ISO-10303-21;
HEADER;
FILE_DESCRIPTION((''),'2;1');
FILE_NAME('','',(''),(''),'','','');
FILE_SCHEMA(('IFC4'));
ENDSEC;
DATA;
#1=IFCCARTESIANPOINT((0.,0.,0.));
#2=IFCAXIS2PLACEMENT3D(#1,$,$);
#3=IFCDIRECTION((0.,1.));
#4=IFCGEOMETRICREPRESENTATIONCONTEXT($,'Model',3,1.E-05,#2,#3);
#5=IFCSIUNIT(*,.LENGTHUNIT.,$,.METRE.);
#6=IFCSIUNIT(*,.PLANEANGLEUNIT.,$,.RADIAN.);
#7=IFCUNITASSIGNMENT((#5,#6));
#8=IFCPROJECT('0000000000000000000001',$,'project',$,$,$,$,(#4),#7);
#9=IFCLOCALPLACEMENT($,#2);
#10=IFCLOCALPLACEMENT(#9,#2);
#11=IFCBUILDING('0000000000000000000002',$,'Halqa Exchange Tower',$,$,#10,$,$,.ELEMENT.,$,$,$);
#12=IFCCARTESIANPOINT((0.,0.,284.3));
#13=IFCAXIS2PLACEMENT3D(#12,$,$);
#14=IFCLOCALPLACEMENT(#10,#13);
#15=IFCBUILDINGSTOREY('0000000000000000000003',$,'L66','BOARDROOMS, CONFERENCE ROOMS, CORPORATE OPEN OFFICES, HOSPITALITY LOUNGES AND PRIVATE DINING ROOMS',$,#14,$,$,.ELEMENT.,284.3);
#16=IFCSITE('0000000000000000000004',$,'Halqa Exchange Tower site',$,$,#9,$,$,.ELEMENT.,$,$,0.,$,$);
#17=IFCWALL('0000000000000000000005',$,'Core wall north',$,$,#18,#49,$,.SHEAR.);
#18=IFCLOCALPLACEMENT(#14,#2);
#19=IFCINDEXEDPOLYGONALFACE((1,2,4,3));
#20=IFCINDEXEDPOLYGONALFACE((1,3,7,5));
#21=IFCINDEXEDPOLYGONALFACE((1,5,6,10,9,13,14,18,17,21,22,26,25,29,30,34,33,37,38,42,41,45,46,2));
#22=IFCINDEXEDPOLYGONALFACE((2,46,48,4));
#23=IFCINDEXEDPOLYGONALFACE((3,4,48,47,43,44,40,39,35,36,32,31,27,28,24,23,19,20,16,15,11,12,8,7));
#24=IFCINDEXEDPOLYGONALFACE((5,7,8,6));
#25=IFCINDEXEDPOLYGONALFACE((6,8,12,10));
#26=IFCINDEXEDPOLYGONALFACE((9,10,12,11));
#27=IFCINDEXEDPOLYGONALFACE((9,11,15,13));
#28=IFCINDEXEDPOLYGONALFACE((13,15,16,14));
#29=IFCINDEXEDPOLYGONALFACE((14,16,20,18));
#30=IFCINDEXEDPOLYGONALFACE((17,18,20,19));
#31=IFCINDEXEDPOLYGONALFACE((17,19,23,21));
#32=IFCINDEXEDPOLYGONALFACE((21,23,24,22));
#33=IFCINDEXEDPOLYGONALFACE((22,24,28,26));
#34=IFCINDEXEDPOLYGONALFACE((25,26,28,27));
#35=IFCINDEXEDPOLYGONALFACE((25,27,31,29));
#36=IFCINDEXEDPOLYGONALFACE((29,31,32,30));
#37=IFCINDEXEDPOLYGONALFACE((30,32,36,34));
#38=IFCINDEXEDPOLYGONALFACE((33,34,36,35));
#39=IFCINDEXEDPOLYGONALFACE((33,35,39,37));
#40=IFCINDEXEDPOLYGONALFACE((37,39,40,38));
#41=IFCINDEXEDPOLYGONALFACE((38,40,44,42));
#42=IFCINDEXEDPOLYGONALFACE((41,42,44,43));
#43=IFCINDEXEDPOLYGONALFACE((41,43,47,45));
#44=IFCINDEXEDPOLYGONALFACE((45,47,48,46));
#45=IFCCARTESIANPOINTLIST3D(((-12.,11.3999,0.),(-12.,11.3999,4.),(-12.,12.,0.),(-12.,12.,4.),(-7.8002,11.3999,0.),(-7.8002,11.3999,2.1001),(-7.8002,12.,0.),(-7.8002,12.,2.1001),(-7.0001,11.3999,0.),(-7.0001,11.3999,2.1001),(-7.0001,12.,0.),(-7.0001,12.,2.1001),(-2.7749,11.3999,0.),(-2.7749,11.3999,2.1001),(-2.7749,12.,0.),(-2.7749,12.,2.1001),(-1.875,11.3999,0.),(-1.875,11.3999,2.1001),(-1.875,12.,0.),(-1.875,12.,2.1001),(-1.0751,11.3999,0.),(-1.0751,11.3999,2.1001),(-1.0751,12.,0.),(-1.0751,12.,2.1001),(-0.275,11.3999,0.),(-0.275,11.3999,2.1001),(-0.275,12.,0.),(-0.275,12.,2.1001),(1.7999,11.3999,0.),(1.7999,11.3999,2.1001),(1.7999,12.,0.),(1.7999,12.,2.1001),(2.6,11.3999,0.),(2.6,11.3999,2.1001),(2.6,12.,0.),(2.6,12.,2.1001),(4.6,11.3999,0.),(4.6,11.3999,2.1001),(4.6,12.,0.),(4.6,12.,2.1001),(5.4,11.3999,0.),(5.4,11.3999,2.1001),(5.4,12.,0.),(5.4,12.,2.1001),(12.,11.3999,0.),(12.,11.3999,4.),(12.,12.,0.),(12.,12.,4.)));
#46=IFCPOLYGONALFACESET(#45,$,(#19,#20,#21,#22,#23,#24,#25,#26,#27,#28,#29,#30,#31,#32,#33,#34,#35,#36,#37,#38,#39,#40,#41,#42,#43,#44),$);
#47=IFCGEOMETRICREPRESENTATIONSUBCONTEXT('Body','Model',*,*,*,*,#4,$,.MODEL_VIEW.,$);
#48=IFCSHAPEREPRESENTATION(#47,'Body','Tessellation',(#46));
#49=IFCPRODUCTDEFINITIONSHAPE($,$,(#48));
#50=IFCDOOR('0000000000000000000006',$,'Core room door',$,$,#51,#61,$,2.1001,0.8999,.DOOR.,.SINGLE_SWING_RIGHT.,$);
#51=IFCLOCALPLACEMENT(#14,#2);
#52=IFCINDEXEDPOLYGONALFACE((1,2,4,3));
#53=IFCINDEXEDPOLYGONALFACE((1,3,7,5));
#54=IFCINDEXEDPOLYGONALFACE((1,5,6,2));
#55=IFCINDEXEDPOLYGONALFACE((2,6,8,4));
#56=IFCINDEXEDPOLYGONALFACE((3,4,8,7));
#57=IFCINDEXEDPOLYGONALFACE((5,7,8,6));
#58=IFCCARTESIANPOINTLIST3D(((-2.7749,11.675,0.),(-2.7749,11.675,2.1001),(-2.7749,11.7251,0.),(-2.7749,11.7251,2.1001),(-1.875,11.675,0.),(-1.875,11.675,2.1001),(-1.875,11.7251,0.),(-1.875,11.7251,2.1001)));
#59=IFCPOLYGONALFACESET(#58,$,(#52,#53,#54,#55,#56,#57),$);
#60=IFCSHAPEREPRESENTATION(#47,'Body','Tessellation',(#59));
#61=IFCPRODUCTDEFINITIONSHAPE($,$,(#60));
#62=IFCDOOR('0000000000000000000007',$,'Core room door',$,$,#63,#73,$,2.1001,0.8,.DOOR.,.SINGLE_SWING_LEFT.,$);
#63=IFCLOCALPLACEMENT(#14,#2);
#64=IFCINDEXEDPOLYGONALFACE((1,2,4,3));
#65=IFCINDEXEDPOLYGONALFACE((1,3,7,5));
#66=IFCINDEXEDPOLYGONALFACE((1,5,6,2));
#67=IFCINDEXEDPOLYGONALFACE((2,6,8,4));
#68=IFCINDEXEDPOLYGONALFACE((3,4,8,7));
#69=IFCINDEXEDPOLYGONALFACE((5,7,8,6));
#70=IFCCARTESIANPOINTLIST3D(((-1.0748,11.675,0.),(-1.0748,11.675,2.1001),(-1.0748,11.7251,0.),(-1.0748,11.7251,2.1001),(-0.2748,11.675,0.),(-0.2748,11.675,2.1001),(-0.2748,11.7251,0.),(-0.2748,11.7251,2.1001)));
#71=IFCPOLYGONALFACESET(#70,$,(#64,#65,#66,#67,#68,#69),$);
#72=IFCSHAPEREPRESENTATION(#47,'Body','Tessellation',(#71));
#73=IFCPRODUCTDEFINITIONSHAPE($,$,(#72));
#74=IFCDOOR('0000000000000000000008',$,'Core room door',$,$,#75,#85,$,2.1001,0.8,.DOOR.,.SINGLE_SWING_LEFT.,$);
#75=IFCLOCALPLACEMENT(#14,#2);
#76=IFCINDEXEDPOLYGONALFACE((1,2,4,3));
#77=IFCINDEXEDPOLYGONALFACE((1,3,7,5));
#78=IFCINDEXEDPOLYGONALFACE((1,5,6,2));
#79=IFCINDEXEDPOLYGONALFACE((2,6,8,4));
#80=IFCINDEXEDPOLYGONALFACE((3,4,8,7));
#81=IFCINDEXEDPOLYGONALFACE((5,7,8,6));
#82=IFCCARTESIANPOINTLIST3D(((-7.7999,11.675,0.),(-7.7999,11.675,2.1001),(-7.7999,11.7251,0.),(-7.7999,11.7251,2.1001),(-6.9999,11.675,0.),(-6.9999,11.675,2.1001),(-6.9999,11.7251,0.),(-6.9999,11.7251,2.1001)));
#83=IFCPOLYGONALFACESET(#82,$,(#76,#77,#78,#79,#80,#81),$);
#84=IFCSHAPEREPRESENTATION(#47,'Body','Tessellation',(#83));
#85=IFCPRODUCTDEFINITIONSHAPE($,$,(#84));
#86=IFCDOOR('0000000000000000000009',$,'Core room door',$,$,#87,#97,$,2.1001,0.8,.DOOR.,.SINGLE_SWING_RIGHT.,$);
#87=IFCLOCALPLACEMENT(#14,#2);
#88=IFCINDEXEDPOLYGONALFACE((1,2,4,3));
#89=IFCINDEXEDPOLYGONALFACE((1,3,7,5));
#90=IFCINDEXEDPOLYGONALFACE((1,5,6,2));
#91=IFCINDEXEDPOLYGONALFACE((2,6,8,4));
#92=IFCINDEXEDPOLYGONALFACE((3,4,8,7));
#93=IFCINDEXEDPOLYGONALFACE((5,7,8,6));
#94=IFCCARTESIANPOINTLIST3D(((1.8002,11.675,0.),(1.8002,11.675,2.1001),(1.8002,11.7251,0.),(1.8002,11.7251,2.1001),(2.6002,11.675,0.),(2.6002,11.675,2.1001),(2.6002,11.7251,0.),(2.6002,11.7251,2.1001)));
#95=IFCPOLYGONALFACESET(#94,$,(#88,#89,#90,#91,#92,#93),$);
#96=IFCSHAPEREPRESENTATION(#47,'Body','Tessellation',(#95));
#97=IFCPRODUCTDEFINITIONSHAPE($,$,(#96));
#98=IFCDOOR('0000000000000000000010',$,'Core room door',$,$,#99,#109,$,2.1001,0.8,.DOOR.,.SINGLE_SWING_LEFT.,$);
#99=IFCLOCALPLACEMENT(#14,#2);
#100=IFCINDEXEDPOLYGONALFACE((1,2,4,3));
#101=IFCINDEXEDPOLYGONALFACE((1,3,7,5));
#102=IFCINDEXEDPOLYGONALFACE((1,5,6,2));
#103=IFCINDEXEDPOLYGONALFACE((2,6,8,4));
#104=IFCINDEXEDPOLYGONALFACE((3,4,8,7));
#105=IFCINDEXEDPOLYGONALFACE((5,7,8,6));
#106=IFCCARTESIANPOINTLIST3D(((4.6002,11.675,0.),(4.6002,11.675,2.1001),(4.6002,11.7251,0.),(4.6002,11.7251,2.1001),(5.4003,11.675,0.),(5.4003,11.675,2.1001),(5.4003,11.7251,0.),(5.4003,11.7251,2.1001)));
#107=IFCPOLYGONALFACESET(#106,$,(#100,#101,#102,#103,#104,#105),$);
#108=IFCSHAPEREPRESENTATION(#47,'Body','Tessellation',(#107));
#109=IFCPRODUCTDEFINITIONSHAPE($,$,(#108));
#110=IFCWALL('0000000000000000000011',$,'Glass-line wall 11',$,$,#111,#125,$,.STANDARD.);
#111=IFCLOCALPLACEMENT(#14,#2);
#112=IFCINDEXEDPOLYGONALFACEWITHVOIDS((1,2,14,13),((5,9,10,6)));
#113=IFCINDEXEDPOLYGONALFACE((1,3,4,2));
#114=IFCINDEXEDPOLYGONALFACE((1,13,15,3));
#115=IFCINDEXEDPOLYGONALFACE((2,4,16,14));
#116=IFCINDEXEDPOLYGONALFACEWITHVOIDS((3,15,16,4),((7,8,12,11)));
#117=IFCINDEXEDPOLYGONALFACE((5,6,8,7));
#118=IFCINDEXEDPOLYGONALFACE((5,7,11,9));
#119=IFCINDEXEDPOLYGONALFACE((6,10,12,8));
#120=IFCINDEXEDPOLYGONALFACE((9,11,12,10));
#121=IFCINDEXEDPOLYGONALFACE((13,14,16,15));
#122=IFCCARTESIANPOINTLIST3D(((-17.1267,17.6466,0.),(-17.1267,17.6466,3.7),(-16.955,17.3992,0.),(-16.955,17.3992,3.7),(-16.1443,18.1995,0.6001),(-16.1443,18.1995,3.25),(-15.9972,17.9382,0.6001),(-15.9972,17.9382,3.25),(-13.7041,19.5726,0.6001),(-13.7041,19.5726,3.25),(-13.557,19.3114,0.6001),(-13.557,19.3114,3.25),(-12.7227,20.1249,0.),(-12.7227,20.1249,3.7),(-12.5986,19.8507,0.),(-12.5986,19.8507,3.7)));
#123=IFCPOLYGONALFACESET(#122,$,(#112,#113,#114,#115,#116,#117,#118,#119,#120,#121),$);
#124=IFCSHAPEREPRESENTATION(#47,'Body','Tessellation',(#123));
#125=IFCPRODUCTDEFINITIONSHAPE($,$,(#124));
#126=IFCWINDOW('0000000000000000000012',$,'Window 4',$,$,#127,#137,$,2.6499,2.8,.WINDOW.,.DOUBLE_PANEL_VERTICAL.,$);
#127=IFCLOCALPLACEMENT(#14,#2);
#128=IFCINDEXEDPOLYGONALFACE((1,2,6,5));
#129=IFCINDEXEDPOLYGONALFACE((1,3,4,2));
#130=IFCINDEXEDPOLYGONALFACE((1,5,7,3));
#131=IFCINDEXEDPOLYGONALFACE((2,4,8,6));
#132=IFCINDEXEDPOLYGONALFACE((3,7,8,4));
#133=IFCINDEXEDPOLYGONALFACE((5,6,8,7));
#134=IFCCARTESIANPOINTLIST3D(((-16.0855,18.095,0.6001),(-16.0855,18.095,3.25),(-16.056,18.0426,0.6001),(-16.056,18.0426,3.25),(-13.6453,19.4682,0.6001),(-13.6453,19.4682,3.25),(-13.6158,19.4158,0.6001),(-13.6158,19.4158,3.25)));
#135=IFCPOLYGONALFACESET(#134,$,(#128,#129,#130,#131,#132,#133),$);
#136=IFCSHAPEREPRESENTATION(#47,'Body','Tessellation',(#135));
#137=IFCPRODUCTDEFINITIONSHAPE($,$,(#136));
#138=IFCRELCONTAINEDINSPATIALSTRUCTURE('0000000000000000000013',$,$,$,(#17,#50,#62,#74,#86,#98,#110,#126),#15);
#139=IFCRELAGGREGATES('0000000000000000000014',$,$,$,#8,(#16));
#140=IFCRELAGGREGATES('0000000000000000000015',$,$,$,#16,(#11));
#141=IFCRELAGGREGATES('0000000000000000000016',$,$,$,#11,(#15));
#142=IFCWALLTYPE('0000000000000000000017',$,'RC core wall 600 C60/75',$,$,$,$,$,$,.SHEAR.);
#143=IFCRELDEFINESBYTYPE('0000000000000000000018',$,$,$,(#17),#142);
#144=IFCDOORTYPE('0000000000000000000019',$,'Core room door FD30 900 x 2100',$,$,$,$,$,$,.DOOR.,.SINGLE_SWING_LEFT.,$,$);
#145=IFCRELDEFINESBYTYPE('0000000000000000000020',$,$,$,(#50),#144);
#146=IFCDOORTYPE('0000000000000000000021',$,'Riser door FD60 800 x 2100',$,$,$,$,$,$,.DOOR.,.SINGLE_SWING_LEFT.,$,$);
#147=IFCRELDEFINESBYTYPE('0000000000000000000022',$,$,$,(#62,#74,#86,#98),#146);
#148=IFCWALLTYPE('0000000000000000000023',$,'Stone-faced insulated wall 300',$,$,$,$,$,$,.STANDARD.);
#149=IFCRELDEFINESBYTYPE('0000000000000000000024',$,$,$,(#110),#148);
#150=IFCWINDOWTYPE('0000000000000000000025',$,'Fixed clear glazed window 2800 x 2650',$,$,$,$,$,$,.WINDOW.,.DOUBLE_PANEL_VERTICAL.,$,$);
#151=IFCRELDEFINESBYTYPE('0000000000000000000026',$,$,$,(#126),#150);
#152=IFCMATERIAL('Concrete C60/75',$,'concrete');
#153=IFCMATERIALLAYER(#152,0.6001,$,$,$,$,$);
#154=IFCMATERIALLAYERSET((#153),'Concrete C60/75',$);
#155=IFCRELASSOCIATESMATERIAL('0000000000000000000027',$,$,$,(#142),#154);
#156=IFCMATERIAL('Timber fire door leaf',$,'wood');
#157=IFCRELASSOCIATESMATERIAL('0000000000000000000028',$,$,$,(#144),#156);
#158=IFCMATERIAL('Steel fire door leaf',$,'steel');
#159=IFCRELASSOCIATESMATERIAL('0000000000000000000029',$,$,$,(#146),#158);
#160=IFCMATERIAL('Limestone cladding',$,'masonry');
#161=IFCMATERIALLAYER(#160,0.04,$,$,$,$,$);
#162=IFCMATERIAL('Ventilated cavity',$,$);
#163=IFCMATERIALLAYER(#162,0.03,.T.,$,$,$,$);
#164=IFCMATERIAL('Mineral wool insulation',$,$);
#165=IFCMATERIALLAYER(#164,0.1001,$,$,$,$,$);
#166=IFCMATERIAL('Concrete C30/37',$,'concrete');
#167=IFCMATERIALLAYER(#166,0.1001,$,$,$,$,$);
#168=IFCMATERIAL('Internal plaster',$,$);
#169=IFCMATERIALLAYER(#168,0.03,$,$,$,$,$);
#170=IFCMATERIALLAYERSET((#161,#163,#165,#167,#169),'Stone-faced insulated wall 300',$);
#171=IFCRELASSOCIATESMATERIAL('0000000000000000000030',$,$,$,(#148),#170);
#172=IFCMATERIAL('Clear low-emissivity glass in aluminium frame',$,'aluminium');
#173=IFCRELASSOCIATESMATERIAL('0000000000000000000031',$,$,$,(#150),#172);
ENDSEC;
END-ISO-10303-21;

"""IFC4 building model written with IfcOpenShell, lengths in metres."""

from ifc_helpers import new_model, si_unit, direction, frame, frame_2d, origin, place, context, subcontext, project, spatial, polyline, rectangle, outline, extrude, material, layer, layer_set, type_object, element, fill, save


model = new_model("IFC4")

# Units and contexts
model_context = context("Model", 3, precision=1e-05, world=origin(), true_north=direction((0.0, 1.0)))
body_context = subcontext(model_context, "Body", "Model", "MODEL_VIEW")
ifc_project = project(units=[si_unit("LENGTHUNIT", "METRE"), si_unit("PLANEANGLEUNIT", "RADIAN")], contexts=[model_context])

# Site, building, storey
site_placement = place(None, origin())
site = spatial("IfcSite", under=ifc_project, at=site_placement, Name="Halqa Exchange Tower site", CompositionType="ELEMENT", RefElevation=0.0)
building_placement = place(site_placement, origin())
building = spatial("IfcBuilding", under=site, at=building_placement, Name="Halqa Exchange Tower", CompositionType="ELEMENT")
storey_placement = place(building_placement, frame((0.0, 0.0, 284.3)))
storey = spatial("IfcBuildingStorey", under=building, at=storey_placement, Name="L66", Description="BOARDROOMS, CONFERENCE ROOMS, CORPORATE OPEN OFFICES, HOSPITALITY LOUNGES AND PRIVATE DINING ROOMS", CompositionType="ELEMENT", Elevation=284.3)

# Shared definitions
ifc_material_1 = material(Name="Concrete C60/75", Category="concrete")

# Wall, openings, doors
ifc_material_2 = material(Name="Steel fire door leaf", Category="steel")
ifc_layer_1 = layer(ifc_material_1, 0.6001)
ifc_layer_set_1 = layer_set([ifc_layer_1], Name="Concrete C60/75")
wall_type_1 = type_object("IfcWallType", Name="RC core wall 600 C60/75", PredefinedType="SHEAR", material=ifc_layer_set_1)
wall_1_placement = place(storey_placement, frame((-12.0, 11.7, 0.0), z_axis=(0.0, 0.0, 1.0), x_axis=(1.0, 0.0, 0.0)))
wall_1 = element("IfcWall", 1, at=wall_1_placement, inside=storey, type_object=wall_type_1, Name="Core wall north", PredefinedType="SHEAR", context=body_context, shape_type="SweptSolid", body=[
    extrude(rectangle(XDim=24.0, YDim=0.6001, at=frame_2d((12.0, 0.0))), origin(), (0.0, 0.0, 1.0), 4.0),
])
opening_1_placement = place(wall_1_placement, frame((9.2251, 0.0, 0.0)))
opening_1 = element("IfcOpeningElement", 2, at=opening_1_placement, cuts=wall_1, PredefinedType="OPENING", context=body_context, shape_type="SweptSolid", body=[
    extrude(rectangle(XDim=0.8999, YDim=2.1001, at=frame_2d((0.45, 1.05))), frame((0.0, 0.312, 0.0), z_axis=(0.0, -1.0, 0.0), x_axis=(1.0, 0.0, 0.0)), (0.0, 0.0, 1.0), 0.624),
])
opening_2_placement = place(wall_1_placement, frame((10.925, 0.0, 0.0)))
opening_2 = element("IfcOpeningElement", 3, at=opening_2_placement, cuts=wall_1, PredefinedType="OPENING", context=body_context, shape_type="SweptSolid", body=[
    extrude(rectangle(XDim=0.8, YDim=2.1001, at=frame_2d((0.3999, 1.05))), frame((0.0, 0.312, 0.0), z_axis=(0.0, -1.0, 0.0), x_axis=(1.0, 0.0, 0.0)), (0.0, 0.0, 1.0), 0.624),
])
opening_3_placement = place(wall_1_placement, frame((4.2, 0.0, 0.0)))
opening_3 = element("IfcOpeningElement", 4, at=opening_3_placement, cuts=wall_1, PredefinedType="OPENING", context=body_context, shape_type="SweptSolid", body=[
    extrude(rectangle(XDim=0.8, YDim=2.1001, at=frame_2d((0.3999, 1.05))), frame((0.0, 0.312, 0.0), z_axis=(0.0, -1.0, 0.0), x_axis=(1.0, 0.0, 0.0)), (0.0, 0.0, 1.0), 0.624),
])
opening_4_placement = place(wall_1_placement, frame((13.8, 0.0, 0.0)))
opening_4 = element("IfcOpeningElement", 5, at=opening_4_placement, cuts=wall_1, PredefinedType="OPENING", context=body_context, shape_type="SweptSolid", body=[
    extrude(rectangle(XDim=0.8, YDim=2.1001, at=frame_2d((0.3999, 1.05))), frame((0.0, 0.312, 0.0), z_axis=(0.0, -1.0, 0.0), x_axis=(1.0, 0.0, 0.0)), (0.0, 0.0, 1.0), 0.624),
])
opening_5_placement = place(wall_1_placement, frame((16.6001, 0.0, 0.0)))
opening_5 = element("IfcOpeningElement", 6, at=opening_5_placement, cuts=wall_1, PredefinedType="OPENING", context=body_context, shape_type="SweptSolid", body=[
    extrude(rectangle(XDim=0.8, YDim=2.1001, at=frame_2d((0.3999, 1.05))), frame((0.0, 0.312, 0.0), z_axis=(0.0, -1.0, 0.0), x_axis=(1.0, 0.0, 0.0)), (0.0, 0.0, 1.0), 0.624),
])
ifc_material_3 = material(Name="Timber fire door leaf", Category="wood")
door_type_1 = type_object("IfcDoorType", Name="Core room door FD30 900 x 2100", OperationType="SINGLE_SWING_LEFT", PredefinedType="DOOR", material=ifc_material_3)
door_1_placement = place(opening_1_placement, frame((0.8999, 0.0, 0.0), z_axis=(0.0, 0.0, 1.0), x_axis=(-1.0, 0.0, 0.0)))
door_1 = element("IfcDoor", 7, at=door_1_placement, inside=storey, type_object=door_type_1, Name="Core room door", OperationType="SINGLE_SWING_RIGHT", OverallHeight=2.1001, OverallWidth=0.8999, PredefinedType="DOOR", context=body_context, shape_type="SweptSolid", body=[
    extrude(rectangle(XDim=0.8999, YDim=2.1001, at=frame_2d((0.45, 1.05))), frame((0.0, 0.0249, 0.0), z_axis=(0.0, -1.0, 0.0), x_axis=(1.0, 0.0, 0.0)), (0.0, 0.0, 1.0), 0.05),
])
fill(opening_1, door_1)
door_type_2 = type_object("IfcDoorType", Name="Riser door FD60 800 x 2100", OperationType="SINGLE_SWING_LEFT", PredefinedType="DOOR", material=ifc_material_2)
door_2_placement = place(opening_2_placement, frame((0.8, 0.0, 0.0), z_axis=(0.0, 0.0, 1.0), x_axis=(-1.0, 0.0, 0.0)))
door_2 = element("IfcDoor", 8, at=door_2_placement, inside=storey, type_object=door_type_2, Name="Core room door", OperationType="SINGLE_SWING_LEFT", OverallHeight=2.1001, OverallWidth=0.8, PredefinedType="DOOR", context=body_context, shape_type="SweptSolid", body=[
    extrude(rectangle(XDim=0.8, YDim=2.1001, at=frame_2d((0.3999, 1.05))), frame((0.0, 0.0249, 0.0), z_axis=(0.0, -1.0, 0.0), x_axis=(1.0, 0.0, 0.0)), (0.0, 0.0, 1.0), 0.05),
])
fill(opening_2, door_2)
door_3_placement = place(opening_3_placement, frame((0.8, 0.0, 0.0), z_axis=(0.0, 0.0, 1.0), x_axis=(-1.0, 0.0, 0.0)))
door_3 = element("IfcDoor", 9, at=door_3_placement, inside=storey, type_object=door_type_2, Name="Core room door", OperationType="SINGLE_SWING_LEFT", OverallHeight=2.1001, OverallWidth=0.8, PredefinedType="DOOR", context=body_context, shape_type="SweptSolid", body=[
    extrude(rectangle(XDim=0.8, YDim=2.1001, at=frame_2d((0.3999, 1.05))), frame((0.0, 0.0249, 0.0), z_axis=(0.0, -1.0, 0.0), x_axis=(1.0, 0.0, 0.0)), (0.0, 0.0, 1.0), 0.05),
])
fill(opening_3, door_3)
door_4_placement = place(opening_4_placement, frame((0.8, 0.0, 0.0), z_axis=(0.0, 0.0, 1.0), x_axis=(-1.0, 0.0, 0.0)))
door_4 = element("IfcDoor", 10, at=door_4_placement, inside=storey, type_object=door_type_2, Name="Core room door", OperationType="SINGLE_SWING_RIGHT", OverallHeight=2.1001, OverallWidth=0.8, PredefinedType="DOOR", context=body_context, shape_type="SweptSolid", body=[
    extrude(rectangle(XDim=0.8, YDim=2.1001, at=frame_2d((0.3999, 1.05))), frame((0.0, 0.0249, 0.0), z_axis=(0.0, -1.0, 0.0), x_axis=(1.0, 0.0, 0.0)), (0.0, 0.0, 1.0), 0.05),
])
fill(opening_4, door_4)
door_5_placement = place(opening_5_placement, frame((0.8, 0.0, 0.0), z_axis=(0.0, 0.0, 1.0), x_axis=(-1.0, 0.0, 0.0)))
door_5 = element("IfcDoor", 11, at=door_5_placement, inside=storey, type_object=door_type_2, Name="Core room door", OperationType="SINGLE_SWING_LEFT", OverallHeight=2.1001, OverallWidth=0.8, PredefinedType="DOOR", context=body_context, shape_type="SweptSolid", body=[
    extrude(rectangle(XDim=0.8, YDim=2.1001, at=frame_2d((0.3999, 1.05))), frame((0.0, 0.0249, 0.0), z_axis=(0.0, -1.0, 0.0), x_axis=(1.0, 0.0, 0.0)), (0.0, 0.0, 1.0), 0.05),
])
fill(opening_5, door_5)

# Wall, opening, window
ifc_material_4 = material(Name="Limestone cladding", Category="masonry")
ifc_layer_2 = layer(ifc_material_4, 0.04)
ifc_material_5 = material(Name="Ventilated cavity")
ifc_layer_3 = layer(ifc_material_5, 0.03, ventilated=True)
ifc_material_6 = material(Name="Mineral wool insulation")
ifc_layer_4 = layer(ifc_material_6, 0.1001)
ifc_material_7 = material(Name="Concrete C30/37", Category="concrete")
ifc_layer_5 = layer(ifc_material_7, 0.1001)
ifc_material_8 = material(Name="Internal plaster")
ifc_layer_6 = layer(ifc_material_8, 0.03)
ifc_layer_set_2 = layer_set([ifc_layer_2, ifc_layer_3, ifc_layer_4, ifc_layer_5, ifc_layer_6], Name="Stone-faced insulated wall 300")
wall_type_2 = type_object("IfcWallType", Name="Stone-faced insulated wall 300", PredefinedType="STANDARD", material=ifc_layer_set_2)
wall_2_placement = place(storey_placement, frame((-12.6606, 19.9878, 0.0), z_axis=(0.0, 0.0, 1.0), x_axis=(-0.871489, -0.490416, 0.0)))
wall_2 = element("IfcWall", 12, at=wall_2_placement, inside=storey, type_object=wall_type_2, Name="Glass-line wall 11", PredefinedType="STANDARD", context=body_context, shape_type="SweptSolid", body=[
    extrude(outline(polyline([(-0.0132, -0.1499), (5.0403, -0.1499), (5.012, 0.1499), (0.0132, 0.1499), (-0.0132, -0.1499)])), origin(), (0.0, 0.0, 1.0), 3.7),
])
opening_6_placement = place(wall_2_placement, frame((1.113, 0.0, 0.6001)))
opening_6 = element("IfcOpeningElement", 13, at=opening_6_placement, cuts=wall_2, PredefinedType="OPENING", context=body_context, shape_type="SweptSolid", body=[
    extrude(rectangle(XDim=2.8, YDim=2.6499, at=frame_2d((1.3999, 1.325))), frame((0.0, 0.1621, 0.0), z_axis=(0.0, -1.0, 0.0), x_axis=(1.0, 0.0, 0.0)), (0.0, 0.0, 1.0), 0.324),
])
ifc_material_9 = material(Name="Clear low-emissivity glass in aluminium frame", Category="aluminium")
window_type = type_object("IfcWindowType", Name="Fixed clear glazed window 2800 x 2650", PartitioningType="DOUBLE_PANEL_VERTICAL", PredefinedType="WINDOW", material=ifc_material_9)
window_1_placement = place(opening_6_placement, origin())
window_1 = element("IfcWindow", 14, at=window_1_placement, inside=storey, type_object=window_type, Name="Window 4", OverallHeight=2.6499, OverallWidth=2.8, PartitioningType="DOUBLE_PANEL_VERTICAL", PredefinedType="WINDOW", context=body_context, shape_type="SweptSolid", body=[
    extrude(rectangle(XDim=2.8, YDim=2.6499, at=frame_2d((1.3999, 1.325))), frame((0.0, 0.03, 0.0), z_axis=(0.0, -1.0, 0.0), x_axis=(1.0, 0.0, 0.0)), (0.0, 0.0, 1.0), 0.0601),
])
fill(opening_6, window_1)

save(model, "model.ifc")
